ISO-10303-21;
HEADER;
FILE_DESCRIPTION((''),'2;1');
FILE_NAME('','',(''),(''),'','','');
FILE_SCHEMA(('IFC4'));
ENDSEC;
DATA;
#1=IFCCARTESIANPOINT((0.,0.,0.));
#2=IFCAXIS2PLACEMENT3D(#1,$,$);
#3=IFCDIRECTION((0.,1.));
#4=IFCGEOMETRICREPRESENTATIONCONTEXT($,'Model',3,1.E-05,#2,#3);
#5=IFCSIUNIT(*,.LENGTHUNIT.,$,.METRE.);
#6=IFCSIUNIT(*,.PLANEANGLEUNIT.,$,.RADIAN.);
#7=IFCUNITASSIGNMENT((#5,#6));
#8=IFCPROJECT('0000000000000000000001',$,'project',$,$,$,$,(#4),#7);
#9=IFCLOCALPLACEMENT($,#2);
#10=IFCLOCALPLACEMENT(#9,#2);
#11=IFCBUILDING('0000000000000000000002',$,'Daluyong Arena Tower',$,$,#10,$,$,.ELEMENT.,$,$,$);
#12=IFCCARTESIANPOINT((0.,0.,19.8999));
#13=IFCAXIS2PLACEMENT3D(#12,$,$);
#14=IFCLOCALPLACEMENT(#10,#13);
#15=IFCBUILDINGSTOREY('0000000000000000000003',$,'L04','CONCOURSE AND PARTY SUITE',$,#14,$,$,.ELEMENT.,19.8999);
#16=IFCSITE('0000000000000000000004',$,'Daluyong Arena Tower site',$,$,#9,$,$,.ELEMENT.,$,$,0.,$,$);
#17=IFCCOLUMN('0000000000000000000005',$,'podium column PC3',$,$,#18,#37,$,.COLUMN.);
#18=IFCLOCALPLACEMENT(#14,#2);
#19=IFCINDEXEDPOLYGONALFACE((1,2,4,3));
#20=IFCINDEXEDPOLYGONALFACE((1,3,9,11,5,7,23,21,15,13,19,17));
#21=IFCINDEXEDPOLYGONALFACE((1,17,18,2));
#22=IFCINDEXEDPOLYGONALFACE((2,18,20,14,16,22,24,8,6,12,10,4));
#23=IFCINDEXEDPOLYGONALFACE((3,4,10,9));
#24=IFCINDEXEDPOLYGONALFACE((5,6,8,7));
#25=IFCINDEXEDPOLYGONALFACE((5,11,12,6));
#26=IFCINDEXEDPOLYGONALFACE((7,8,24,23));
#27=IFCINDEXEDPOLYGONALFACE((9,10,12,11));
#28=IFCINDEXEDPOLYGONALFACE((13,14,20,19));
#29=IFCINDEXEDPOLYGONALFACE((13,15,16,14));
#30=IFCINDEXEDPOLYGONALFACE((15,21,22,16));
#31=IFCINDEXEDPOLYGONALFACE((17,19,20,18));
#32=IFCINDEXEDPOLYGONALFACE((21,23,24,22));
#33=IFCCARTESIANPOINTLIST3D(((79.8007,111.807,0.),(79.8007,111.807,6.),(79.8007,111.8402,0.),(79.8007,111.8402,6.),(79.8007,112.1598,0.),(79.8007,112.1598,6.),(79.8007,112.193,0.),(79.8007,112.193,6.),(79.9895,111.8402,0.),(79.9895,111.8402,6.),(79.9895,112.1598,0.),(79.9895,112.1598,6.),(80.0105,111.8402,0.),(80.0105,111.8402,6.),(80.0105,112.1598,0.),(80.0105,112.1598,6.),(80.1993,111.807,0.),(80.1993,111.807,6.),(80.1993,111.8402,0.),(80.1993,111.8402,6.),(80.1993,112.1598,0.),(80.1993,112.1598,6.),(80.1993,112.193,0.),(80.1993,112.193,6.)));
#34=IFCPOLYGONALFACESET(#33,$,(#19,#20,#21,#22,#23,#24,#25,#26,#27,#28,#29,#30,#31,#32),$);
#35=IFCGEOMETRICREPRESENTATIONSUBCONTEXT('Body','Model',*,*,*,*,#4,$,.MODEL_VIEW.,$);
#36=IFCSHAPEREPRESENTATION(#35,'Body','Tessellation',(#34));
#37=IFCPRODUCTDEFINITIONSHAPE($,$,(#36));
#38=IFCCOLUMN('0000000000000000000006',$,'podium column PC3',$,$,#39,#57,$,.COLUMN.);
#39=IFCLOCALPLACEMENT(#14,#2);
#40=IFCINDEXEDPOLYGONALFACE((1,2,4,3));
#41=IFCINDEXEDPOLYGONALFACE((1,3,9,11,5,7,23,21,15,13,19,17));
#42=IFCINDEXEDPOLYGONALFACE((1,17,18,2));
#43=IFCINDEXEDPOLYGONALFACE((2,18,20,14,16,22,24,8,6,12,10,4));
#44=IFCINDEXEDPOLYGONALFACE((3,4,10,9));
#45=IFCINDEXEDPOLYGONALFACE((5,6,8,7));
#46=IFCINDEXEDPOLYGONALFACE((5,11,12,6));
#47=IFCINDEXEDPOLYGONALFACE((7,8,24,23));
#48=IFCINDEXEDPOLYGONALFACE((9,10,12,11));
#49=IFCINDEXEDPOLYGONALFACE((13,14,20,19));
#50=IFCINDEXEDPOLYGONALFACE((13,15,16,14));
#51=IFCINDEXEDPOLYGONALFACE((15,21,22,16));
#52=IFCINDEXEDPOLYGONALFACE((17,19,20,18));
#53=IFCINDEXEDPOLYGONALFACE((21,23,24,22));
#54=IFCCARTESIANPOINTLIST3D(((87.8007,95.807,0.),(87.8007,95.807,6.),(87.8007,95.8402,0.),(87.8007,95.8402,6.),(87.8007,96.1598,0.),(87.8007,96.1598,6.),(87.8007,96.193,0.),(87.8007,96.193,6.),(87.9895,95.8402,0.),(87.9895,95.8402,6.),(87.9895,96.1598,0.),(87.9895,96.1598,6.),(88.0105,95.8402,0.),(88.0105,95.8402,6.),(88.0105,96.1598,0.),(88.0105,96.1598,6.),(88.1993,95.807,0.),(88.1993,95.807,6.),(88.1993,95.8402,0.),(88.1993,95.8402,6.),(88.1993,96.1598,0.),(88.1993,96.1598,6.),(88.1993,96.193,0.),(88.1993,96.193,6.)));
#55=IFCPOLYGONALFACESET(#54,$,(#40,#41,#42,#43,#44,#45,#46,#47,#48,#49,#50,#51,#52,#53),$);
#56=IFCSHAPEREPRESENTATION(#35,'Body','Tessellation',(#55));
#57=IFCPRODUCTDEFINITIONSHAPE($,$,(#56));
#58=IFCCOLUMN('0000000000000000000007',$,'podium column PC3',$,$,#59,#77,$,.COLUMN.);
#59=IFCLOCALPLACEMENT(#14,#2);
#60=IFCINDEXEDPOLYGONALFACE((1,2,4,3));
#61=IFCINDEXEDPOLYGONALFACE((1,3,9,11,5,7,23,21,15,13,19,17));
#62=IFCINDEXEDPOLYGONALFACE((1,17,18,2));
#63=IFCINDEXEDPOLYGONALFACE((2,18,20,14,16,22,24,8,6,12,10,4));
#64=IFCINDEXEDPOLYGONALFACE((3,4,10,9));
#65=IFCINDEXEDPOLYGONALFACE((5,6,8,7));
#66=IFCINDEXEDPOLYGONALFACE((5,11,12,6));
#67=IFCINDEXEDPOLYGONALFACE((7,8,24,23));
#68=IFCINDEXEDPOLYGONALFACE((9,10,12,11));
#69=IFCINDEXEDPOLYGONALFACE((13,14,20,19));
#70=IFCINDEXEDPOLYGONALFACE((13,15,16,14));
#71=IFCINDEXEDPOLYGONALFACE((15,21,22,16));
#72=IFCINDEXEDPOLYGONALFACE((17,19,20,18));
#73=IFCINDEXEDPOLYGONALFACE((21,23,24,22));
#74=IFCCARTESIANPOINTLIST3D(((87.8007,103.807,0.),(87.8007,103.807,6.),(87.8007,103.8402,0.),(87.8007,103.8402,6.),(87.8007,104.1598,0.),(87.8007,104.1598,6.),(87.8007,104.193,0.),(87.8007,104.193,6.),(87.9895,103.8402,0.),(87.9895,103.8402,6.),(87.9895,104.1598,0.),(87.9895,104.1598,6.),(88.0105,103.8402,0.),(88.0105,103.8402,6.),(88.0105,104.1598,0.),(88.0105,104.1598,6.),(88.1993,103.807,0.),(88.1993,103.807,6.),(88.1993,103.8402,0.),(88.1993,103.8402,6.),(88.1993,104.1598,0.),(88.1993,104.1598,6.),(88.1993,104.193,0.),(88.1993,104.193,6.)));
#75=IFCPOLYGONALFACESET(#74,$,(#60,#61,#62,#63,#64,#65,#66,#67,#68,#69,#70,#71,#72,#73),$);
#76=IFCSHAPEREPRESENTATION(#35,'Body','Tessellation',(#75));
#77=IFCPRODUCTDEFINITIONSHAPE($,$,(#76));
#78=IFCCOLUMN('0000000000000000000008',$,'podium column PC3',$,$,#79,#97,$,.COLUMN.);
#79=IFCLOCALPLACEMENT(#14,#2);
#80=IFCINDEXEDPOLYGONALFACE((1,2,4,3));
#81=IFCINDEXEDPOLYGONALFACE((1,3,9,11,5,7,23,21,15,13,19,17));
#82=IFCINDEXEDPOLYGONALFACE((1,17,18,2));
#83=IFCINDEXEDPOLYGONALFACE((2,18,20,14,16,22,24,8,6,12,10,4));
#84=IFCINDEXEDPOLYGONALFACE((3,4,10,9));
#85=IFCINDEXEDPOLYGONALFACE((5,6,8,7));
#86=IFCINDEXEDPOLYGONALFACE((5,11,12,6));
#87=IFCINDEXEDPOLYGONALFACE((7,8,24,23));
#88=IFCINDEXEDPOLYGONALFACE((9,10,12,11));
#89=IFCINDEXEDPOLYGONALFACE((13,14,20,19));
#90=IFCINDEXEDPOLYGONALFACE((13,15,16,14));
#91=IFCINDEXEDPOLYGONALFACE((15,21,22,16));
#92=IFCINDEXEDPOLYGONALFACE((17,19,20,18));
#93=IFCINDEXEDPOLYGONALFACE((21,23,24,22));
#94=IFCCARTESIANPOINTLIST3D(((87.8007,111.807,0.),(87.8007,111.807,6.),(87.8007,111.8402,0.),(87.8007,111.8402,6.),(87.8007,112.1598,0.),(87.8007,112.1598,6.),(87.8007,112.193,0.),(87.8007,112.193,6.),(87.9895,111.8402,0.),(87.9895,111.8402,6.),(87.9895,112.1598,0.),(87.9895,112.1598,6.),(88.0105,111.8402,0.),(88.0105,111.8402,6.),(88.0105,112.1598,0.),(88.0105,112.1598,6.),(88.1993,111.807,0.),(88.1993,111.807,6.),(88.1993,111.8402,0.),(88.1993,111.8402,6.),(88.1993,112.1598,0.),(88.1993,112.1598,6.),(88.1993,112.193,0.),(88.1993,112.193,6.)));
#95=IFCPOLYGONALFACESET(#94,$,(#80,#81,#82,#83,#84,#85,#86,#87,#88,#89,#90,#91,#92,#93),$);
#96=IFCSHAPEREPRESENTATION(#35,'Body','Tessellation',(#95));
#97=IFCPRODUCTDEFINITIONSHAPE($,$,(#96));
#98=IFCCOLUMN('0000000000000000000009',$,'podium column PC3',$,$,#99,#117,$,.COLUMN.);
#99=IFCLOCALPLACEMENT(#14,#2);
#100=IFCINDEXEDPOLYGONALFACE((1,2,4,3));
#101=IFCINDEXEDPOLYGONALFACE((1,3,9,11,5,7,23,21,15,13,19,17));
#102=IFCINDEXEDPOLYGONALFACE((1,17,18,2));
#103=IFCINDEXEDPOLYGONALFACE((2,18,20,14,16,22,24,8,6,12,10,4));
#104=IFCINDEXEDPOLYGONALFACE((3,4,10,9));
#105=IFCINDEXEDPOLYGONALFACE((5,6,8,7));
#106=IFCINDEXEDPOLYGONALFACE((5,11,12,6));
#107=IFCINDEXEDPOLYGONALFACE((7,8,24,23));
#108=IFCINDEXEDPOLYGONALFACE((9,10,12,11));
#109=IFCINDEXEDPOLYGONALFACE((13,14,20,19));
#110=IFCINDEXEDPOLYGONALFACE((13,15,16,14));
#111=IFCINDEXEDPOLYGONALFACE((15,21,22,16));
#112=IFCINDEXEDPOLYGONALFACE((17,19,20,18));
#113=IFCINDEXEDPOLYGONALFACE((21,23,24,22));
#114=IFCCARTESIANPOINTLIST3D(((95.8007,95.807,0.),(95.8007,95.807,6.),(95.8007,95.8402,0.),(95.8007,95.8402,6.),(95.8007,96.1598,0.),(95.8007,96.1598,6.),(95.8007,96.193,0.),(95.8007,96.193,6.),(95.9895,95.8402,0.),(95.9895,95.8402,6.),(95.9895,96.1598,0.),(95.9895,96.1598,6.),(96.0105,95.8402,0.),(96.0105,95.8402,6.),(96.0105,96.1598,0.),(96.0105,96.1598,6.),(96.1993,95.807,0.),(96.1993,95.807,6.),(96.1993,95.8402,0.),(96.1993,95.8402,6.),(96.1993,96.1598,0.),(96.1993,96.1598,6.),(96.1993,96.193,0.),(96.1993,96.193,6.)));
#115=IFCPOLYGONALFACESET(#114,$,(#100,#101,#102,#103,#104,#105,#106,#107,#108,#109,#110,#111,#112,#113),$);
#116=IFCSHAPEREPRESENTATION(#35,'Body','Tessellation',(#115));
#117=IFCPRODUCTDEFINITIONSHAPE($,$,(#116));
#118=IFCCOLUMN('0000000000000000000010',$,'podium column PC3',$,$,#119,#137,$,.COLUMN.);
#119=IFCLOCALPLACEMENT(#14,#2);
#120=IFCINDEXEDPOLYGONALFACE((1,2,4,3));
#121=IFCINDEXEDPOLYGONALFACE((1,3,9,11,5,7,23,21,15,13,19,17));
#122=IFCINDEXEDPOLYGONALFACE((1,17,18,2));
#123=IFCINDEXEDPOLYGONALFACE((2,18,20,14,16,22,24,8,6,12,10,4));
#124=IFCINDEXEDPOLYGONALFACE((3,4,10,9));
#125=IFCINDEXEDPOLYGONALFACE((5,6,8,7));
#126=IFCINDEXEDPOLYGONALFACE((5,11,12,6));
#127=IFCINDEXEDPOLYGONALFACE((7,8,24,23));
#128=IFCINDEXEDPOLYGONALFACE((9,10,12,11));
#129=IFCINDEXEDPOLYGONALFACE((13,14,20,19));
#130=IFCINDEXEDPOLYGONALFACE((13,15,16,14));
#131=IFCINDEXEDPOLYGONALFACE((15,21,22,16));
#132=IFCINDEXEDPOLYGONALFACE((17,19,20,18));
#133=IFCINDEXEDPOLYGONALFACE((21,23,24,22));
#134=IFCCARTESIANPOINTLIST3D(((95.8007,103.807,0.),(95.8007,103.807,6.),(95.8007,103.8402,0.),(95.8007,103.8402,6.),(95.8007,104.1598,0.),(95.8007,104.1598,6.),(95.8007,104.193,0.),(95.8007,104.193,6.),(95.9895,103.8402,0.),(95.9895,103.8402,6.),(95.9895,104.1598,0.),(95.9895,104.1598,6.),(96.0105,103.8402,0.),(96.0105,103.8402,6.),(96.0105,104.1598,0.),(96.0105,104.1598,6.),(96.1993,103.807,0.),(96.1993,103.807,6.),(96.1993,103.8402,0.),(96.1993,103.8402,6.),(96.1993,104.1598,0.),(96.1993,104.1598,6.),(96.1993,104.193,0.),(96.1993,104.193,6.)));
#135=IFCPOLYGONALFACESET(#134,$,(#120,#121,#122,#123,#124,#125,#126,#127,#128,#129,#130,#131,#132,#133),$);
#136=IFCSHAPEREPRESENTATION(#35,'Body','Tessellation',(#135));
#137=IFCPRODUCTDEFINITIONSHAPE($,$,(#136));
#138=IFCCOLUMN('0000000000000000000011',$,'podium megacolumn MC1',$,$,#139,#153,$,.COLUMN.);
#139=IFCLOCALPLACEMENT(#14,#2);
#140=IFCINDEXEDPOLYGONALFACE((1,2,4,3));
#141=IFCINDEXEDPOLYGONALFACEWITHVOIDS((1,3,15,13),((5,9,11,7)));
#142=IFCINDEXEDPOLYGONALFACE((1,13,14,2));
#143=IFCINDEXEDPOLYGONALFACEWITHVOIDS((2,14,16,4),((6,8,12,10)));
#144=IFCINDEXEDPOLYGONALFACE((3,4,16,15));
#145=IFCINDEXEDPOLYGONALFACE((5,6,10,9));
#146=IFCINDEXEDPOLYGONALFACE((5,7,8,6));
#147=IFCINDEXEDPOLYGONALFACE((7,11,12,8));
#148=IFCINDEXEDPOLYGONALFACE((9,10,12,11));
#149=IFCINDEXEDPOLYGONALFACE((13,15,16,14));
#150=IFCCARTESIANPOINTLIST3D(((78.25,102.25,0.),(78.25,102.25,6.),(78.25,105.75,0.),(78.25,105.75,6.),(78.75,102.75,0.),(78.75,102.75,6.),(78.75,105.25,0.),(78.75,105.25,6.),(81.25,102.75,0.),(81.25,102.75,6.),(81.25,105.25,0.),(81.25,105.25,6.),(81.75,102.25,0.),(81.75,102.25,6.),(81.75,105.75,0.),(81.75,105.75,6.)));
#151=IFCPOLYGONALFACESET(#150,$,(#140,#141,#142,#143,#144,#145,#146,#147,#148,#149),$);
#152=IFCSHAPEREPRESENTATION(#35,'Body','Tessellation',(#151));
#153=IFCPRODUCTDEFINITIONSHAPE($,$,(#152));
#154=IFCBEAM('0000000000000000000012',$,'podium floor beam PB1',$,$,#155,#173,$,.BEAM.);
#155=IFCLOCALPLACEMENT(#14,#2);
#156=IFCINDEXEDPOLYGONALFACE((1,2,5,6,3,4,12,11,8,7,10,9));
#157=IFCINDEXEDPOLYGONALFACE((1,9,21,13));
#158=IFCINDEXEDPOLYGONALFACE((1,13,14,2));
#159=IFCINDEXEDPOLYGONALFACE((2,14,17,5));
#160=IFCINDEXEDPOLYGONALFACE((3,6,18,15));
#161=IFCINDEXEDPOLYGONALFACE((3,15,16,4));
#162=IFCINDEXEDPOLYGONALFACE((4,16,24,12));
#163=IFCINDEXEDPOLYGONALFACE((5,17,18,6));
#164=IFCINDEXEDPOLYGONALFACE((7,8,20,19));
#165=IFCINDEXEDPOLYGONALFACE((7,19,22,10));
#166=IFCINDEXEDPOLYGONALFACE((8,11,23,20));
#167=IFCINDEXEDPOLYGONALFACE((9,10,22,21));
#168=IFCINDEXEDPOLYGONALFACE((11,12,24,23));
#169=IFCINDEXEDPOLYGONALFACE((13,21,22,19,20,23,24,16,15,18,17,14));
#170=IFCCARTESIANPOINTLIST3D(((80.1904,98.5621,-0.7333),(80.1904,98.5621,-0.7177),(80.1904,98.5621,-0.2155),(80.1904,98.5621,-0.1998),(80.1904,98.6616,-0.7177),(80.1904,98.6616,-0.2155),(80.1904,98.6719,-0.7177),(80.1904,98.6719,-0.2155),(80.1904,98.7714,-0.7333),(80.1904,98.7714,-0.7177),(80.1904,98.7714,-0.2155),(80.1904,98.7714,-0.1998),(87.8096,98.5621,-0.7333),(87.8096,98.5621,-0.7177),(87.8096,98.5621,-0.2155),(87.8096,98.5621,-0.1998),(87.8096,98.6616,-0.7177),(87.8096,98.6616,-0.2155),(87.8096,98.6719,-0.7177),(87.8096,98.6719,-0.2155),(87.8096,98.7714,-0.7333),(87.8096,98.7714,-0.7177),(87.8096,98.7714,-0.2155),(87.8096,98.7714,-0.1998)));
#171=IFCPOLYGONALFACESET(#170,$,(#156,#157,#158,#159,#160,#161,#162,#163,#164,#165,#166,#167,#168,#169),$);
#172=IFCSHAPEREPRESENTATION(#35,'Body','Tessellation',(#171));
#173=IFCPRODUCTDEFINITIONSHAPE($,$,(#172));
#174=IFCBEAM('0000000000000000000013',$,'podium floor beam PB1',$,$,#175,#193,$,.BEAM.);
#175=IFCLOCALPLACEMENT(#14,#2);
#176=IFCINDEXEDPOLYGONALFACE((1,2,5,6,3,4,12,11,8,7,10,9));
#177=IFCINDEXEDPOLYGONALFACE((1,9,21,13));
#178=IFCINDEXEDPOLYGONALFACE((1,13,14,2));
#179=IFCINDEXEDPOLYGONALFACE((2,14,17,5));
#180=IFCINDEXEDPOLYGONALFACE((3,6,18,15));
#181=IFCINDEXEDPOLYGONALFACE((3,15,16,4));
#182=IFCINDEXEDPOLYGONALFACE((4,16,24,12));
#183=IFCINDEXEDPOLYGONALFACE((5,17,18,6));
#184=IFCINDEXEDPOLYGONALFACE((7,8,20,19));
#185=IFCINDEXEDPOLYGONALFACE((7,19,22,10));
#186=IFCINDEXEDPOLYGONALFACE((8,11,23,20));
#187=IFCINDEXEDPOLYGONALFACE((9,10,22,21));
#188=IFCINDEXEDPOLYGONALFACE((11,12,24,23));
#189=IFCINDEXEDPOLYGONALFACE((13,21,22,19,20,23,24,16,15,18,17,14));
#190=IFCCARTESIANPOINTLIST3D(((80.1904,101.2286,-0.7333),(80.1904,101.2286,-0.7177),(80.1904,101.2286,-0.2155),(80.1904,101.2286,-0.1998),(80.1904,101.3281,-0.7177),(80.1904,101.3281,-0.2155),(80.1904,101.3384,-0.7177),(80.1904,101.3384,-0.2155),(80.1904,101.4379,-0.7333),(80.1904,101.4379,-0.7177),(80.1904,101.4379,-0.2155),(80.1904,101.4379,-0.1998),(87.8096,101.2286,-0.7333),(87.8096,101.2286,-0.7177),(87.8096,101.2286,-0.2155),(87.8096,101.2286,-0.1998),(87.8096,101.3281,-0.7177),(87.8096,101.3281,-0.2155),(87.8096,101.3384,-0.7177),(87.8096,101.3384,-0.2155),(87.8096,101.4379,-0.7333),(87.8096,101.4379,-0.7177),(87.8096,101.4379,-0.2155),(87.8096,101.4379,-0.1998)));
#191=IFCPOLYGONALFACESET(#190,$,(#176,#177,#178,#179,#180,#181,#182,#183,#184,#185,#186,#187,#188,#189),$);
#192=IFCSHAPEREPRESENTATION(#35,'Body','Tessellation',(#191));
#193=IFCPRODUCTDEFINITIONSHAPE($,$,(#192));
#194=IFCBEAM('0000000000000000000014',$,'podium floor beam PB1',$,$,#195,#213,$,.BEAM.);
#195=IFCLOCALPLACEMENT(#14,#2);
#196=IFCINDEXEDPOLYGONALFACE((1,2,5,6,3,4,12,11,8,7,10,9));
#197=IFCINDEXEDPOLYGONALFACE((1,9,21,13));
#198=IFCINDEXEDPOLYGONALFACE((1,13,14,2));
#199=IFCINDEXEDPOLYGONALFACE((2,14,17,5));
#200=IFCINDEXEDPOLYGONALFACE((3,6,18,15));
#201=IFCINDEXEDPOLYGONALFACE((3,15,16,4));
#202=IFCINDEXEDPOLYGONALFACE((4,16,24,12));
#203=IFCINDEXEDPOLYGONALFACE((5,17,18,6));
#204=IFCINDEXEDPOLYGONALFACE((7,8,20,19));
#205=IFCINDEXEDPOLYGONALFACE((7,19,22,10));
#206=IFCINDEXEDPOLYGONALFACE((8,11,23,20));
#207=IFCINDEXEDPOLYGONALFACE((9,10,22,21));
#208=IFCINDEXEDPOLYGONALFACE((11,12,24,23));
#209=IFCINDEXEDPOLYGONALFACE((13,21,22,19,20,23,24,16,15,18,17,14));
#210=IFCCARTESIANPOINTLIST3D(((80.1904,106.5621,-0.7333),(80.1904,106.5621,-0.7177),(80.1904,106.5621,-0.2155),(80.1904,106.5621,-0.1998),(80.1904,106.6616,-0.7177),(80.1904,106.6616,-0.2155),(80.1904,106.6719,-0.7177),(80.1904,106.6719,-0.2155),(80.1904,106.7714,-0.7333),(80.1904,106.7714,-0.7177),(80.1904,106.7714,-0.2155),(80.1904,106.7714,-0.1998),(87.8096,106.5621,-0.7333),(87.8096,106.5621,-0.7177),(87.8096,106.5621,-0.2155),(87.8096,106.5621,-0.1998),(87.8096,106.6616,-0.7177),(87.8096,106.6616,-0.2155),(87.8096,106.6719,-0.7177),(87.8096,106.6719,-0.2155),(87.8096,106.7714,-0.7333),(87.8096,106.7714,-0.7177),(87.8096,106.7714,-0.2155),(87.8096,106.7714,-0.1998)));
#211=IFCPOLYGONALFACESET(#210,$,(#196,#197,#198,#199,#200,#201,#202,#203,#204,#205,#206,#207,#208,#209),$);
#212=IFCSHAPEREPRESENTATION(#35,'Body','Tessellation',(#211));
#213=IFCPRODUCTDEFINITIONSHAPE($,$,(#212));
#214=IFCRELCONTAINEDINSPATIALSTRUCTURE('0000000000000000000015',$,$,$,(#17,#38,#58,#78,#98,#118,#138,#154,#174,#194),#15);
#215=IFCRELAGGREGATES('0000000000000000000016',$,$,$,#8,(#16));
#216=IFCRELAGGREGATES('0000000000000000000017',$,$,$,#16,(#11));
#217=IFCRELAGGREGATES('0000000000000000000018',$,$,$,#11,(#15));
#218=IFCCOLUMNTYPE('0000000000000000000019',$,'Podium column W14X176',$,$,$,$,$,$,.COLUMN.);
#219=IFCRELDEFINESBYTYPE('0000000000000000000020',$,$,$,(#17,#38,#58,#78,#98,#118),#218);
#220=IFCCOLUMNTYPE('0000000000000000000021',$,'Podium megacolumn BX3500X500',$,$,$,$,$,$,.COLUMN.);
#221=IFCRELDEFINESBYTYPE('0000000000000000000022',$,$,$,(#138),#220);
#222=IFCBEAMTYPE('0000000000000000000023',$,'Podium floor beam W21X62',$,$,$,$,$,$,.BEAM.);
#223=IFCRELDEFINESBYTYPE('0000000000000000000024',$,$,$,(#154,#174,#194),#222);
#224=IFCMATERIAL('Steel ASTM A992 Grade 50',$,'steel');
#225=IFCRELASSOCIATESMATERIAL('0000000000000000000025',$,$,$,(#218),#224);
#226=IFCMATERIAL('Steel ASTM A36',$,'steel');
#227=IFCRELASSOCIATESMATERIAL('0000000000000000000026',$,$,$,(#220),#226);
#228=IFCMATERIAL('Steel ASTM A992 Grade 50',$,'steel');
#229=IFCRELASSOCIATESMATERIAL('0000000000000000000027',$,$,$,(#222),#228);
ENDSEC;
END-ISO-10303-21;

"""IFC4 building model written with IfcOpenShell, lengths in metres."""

from ifc_helpers import new_model, si_unit, direction, frame, origin, origin_2d, place, context, subcontext, project, spatial, hollow_rectangle, i_section, extrude, material, material_profile, profile_set, type_object, element, save


model = new_model("IFC4")

# Units and contexts
model_context = context("Model", 3, precision=1e-05, world=origin(), true_north=direction((0.0, 1.0)))
body_context = subcontext(model_context, "Body", "Model", "MODEL_VIEW")
ifc_project = project(units=[si_unit("LENGTHUNIT", "METRE"), si_unit("PLANEANGLEUNIT", "RADIAN")], contexts=[model_context])

# Site, building, storey
site_placement = place(None, origin())
site = spatial("IfcSite", under=ifc_project, at=site_placement, Name="Daluyong Arena Tower site", CompositionType="ELEMENT", RefElevation=0.0)
building_placement = place(site_placement, origin())
building = spatial("IfcBuilding", under=site, at=building_placement, Name="Daluyong Arena Tower", CompositionType="ELEMENT")
storey_placement = place(building_placement, frame((0.0, 0.0, 19.8999)))
storey = spatial("IfcBuildingStorey", under=building, at=storey_placement, Name="L04", Description="CONCOURSE AND PARTY SUITE", CompositionType="ELEMENT", Elevation=19.8999)

# Columns
ifc_material_1 = material(Name="Steel ASTM A992 Grade 50", Category="steel")
ifc_material_profile_1 = material_profile(ifc_material_1, i_section(OverallWidth=0.3987, OverallDepth=0.386, WebThickness=0.021, FlangeThickness=0.0332, at=origin_2d()))
ifc_profile_set_1 = profile_set([ifc_material_profile_1], Name="Steel ASTM A992 Grade 50")
column_type_1 = type_object("IfcColumnType", Name="Podium column W14X176", PredefinedType="COLUMN", material=ifc_profile_set_1)
for number, where, z_axis, x_axis, name in (
    (1, (80.0, 112.0, 0.0), (0.0, 0.0, 1.0), (1.0, 0.0, 0.0), "podium column PC3"),
    (2, (88.0, 96.0, 0.0), (0.0, 0.0, 1.0), (1.0, 0.0, 0.0), "podium column PC3"),
    (3, (88.0, 104.0, 0.0), (0.0, 0.0, 1.0), (1.0, 0.0, 0.0), "podium column PC3"),
    (4, (88.0, 112.0, 0.0), (0.0, 0.0, 1.0), (1.0, 0.0, 0.0), "podium column PC3"),
    (5, (96.0, 96.0, 0.0), (0.0, 0.0, 1.0), (1.0, 0.0, 0.0), "podium column PC3"),
    (6, (96.0, 104.0, 0.0), (0.0, 0.0, 1.0), (1.0, 0.0, 0.0), "podium column PC3"),
):
    element("IfcColumn", number, at=place(storey_placement, frame(where, z_axis=z_axis, x_axis=x_axis)), inside=storey, type_object=column_type_1, Name=name, PredefinedType="COLUMN", context=body_context, shape_type="SweptSolid", body=[
        extrude(i_section(OverallWidth=0.3987, OverallDepth=0.386, WebThickness=0.021, FlangeThickness=0.0332, at=origin_2d()), origin(), (0.0, 0.0, 1.0), 6.0),
    ])
ifc_material_2 = material(Name="Steel ASTM A36", Category="steel")
ifc_material_profile_2 = material_profile(ifc_material_2, hollow_rectangle(XDim=3.5, YDim=3.5, WallThickness=0.5, at=origin_2d()))
ifc_profile_set_2 = profile_set([ifc_material_profile_2], Name="Steel ASTM A36")
column_type_2 = type_object("IfcColumnType", Name="Podium megacolumn BX3500X500", PredefinedType="COLUMN", material=ifc_profile_set_2)
column_placement = place(storey_placement, frame((80.0, 104.0, 0.0), z_axis=(0.0, 0.0, 1.0), x_axis=(1.0, 0.0, 0.0)))
element("IfcColumn", 7, at=column_placement, inside=storey, type_object=column_type_2, Name="podium megacolumn MC1", PredefinedType="COLUMN", context=body_context, shape_type="SweptSolid", body=[
    extrude(hollow_rectangle(XDim=3.5, YDim=3.5, WallThickness=0.5, at=origin_2d()), origin(), (0.0, 0.0, 1.0), 6.0),
])

# Beams
ifc_material_3 = material(Name="Steel ASTM A992 Grade 50", Category="steel")
ifc_material_profile_3 = material_profile(ifc_material_3, i_section(OverallWidth=0.2092, OverallDepth=0.5334, WebThickness=0.0103, FlangeThickness=0.0156, at=origin_2d()))
ifc_profile_set_3 = profile_set([ifc_material_profile_3], Name="Steel ASTM A992 Grade 50")
beam_type_1 = type_object("IfcBeamType", Name="Podium floor beam W21X62", PredefinedType="BEAM", material=ifc_profile_set_3)
for number, where, z_axis, x_axis, name in (
    (8, (80.1904, 98.6667, -0.4666), (1.0, 0.0, 0.0), (0.0, 1.0, 0.0), "podium floor beam PB1"),
    (9, (80.1904, 101.3333, -0.4666), (1.0, 0.0, 0.0), (0.0, 1.0, 0.0), "podium floor beam PB1"),
    (10, (80.1904, 106.6667, -0.4666), (1.0, 0.0, 0.0), (0.0, 1.0, 0.0), "podium floor beam PB1"),
):
    element("IfcBeam", number, at=place(storey_placement, frame(where, z_axis=z_axis, x_axis=x_axis)), inside=storey, type_object=beam_type_1, Name=name, PredefinedType="BEAM", context=body_context, shape_type="SweptSolid", body=[
        extrude(i_section(OverallWidth=0.2092, OverallDepth=0.5334, WebThickness=0.0103, FlangeThickness=0.0156, at=origin_2d()), origin(), (0.0, 0.0, 1.0), 7.6191),
    ])

save(model, "model.ifc")
